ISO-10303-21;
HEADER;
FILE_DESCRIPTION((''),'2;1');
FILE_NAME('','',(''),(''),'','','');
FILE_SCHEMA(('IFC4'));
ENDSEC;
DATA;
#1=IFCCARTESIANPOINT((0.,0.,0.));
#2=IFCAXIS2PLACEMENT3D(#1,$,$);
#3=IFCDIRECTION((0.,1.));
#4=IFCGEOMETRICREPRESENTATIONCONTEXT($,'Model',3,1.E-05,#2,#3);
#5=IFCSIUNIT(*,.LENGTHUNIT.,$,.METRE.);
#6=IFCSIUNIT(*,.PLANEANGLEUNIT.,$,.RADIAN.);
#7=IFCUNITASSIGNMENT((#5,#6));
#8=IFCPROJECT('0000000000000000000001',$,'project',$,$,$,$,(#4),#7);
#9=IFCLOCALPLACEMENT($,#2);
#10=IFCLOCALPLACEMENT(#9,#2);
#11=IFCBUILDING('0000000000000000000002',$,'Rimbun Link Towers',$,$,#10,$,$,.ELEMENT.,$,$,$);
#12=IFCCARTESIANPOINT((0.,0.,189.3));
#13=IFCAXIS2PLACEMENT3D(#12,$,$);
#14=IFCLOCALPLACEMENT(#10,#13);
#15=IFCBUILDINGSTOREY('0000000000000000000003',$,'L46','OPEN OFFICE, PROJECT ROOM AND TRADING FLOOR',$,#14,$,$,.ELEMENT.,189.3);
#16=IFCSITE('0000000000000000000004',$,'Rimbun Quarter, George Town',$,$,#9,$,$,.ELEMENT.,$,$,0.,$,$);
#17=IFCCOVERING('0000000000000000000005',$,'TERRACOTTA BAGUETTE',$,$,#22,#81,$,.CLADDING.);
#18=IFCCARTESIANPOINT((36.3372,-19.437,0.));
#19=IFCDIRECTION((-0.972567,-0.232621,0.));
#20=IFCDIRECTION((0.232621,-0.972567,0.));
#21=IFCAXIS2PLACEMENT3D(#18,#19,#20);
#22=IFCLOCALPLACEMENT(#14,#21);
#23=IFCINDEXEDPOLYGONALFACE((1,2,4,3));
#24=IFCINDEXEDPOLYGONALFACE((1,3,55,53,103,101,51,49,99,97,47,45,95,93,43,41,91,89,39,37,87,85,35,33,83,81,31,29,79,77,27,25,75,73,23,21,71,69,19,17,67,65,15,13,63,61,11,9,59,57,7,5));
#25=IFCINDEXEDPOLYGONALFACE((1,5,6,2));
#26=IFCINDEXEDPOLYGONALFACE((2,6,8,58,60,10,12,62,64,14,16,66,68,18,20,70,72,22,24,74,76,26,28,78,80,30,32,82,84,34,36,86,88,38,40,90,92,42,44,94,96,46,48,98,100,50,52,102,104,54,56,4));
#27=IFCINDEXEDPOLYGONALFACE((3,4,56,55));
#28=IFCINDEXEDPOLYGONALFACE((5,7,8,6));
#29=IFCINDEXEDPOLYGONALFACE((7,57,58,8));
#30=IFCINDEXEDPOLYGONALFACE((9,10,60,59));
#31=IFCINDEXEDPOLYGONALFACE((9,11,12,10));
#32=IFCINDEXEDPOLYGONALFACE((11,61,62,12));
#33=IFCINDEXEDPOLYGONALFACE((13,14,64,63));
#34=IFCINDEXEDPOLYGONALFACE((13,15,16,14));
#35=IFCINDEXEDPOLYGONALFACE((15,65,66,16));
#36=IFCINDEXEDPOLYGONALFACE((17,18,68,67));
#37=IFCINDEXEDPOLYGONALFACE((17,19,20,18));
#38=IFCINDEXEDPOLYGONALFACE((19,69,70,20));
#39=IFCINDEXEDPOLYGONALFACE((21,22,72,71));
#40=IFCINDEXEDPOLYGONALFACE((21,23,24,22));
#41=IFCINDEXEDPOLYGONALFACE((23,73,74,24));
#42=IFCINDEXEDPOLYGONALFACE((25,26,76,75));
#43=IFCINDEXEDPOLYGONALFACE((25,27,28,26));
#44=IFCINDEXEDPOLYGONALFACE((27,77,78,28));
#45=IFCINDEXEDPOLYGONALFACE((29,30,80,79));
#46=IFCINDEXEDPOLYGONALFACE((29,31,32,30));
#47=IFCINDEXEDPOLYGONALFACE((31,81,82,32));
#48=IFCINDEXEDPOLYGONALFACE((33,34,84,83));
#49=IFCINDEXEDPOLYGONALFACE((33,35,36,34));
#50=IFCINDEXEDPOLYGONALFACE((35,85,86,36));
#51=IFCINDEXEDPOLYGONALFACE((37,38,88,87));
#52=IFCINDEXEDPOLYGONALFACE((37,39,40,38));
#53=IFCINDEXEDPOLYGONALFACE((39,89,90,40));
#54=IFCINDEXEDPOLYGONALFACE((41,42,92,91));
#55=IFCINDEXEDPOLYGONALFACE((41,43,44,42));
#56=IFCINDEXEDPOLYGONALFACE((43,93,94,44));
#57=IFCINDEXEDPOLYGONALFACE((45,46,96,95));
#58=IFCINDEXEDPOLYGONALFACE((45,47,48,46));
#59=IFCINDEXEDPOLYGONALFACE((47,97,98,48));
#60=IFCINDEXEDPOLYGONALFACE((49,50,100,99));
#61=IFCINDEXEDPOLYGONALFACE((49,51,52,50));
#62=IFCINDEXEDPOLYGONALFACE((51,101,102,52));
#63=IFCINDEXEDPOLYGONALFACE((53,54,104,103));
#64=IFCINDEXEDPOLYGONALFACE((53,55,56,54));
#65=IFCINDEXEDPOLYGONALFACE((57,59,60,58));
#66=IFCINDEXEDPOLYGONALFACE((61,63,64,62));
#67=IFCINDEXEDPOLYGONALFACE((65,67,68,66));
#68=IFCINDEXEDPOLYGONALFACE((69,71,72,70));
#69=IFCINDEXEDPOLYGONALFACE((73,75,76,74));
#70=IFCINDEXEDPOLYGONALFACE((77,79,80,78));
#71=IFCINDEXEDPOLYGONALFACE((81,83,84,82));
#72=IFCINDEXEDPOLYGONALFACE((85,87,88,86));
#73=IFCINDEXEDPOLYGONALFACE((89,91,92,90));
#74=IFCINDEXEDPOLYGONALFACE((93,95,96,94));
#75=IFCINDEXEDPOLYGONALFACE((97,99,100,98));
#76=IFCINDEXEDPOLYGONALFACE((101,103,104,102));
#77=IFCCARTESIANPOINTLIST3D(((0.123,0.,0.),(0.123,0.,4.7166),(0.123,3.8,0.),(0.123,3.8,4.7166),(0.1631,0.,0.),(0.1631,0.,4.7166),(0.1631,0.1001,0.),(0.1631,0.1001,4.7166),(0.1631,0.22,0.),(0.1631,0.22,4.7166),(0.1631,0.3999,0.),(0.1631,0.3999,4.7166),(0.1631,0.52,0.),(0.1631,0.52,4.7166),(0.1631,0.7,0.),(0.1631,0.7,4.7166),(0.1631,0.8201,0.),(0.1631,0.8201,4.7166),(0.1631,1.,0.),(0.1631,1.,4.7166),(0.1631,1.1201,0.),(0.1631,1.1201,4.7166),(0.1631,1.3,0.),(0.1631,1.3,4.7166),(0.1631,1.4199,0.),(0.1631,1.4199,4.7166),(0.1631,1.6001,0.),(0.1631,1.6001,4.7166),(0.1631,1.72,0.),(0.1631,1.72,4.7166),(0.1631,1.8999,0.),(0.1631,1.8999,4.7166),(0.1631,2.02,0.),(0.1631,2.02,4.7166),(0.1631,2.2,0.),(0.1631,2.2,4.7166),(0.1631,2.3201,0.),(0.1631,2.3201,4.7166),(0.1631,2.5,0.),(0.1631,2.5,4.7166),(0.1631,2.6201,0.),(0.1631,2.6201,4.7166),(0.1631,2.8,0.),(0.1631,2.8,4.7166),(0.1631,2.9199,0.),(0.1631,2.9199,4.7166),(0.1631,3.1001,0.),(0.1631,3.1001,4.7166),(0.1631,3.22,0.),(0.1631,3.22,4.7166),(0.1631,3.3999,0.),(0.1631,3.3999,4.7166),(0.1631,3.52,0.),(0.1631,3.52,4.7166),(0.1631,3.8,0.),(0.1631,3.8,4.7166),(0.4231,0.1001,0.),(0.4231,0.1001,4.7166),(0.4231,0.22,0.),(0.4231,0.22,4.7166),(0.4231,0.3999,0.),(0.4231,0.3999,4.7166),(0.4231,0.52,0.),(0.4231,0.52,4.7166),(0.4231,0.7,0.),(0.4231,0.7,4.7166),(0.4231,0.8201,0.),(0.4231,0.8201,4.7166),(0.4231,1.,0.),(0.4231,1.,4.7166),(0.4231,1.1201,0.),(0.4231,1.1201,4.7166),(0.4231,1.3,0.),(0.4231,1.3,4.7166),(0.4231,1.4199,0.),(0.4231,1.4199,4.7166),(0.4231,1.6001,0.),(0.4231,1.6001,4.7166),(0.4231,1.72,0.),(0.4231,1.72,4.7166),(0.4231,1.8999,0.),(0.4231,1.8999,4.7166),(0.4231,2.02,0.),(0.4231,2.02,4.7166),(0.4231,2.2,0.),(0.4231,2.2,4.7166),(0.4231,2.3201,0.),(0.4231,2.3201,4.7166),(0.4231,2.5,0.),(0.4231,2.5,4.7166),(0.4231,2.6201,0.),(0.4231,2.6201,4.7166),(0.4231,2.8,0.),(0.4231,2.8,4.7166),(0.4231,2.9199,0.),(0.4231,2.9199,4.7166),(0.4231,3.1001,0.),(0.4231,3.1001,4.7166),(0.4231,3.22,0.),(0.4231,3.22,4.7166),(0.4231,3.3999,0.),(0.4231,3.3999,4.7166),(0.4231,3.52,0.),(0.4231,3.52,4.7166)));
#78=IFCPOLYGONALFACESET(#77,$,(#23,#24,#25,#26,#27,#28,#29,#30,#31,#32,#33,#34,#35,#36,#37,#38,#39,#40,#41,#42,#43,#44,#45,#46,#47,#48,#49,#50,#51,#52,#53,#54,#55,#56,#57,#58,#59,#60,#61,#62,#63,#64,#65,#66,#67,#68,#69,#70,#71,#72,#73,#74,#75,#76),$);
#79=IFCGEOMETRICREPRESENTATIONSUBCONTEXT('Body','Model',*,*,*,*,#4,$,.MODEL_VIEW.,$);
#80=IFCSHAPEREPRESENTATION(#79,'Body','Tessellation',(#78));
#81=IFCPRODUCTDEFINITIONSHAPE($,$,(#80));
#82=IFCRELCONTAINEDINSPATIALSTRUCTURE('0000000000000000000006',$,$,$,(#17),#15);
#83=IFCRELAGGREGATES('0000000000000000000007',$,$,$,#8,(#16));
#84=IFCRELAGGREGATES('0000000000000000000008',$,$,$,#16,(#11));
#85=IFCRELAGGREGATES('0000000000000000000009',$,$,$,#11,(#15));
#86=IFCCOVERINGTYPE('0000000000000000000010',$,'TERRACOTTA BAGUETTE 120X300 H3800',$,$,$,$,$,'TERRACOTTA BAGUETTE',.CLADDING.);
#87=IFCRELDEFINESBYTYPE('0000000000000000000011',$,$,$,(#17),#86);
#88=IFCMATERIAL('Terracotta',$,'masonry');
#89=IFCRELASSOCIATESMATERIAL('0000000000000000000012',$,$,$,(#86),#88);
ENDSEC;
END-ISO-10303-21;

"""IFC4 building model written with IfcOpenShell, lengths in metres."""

from ifc_helpers import new_model, si_unit, direction, frame, origin, place, context, subcontext, project, spatial, polyline, outline, extrude, material, material_profile, profile_set, type_object, element, save


model = new_model("IFC4")

# Units and contexts
model_context = context("Model", 3, precision=1e-05, world=origin(), true_north=direction((0.0, 1.0)))
body_context = subcontext(model_context, "Body", "Model", "MODEL_VIEW")
ifc_project = project(units=[si_unit("LENGTHUNIT", "METRE"), si_unit("PLANEANGLEUNIT", "RADIAN")], contexts=[model_context])

# Site, building, storey
site_placement = place(None, origin())
site = spatial("IfcSite", under=ifc_project, at=site_placement, Name="Rimbun Quarter, George Town", CompositionType="ELEMENT", RefElevation=0.0)
building_placement = place(site_placement, origin())
building = spatial("IfcBuilding", under=site, at=building_placement, Name="Rimbun Link Towers", CompositionType="ELEMENT")
storey_placement = place(building_placement, frame((0.0, 0.0, 189.3)))
storey = spatial("IfcBuildingStorey", under=building, at=storey_placement, Name="L46", Description="OPEN OFFICE, PROJECT ROOM AND TRADING FLOOR", CompositionType="ELEMENT", Elevation=189.3)

# Covering
ifc_material_1 = material(Name="Terracotta", Category="masonry")
ifc_material_profile_1 = material_profile(ifc_material_1, outline(polyline([(0.123, 0.0), (0.1631, 0.0), (0.1631, 0.1001), (0.4231, 0.1001), (0.4231, 0.22), (0.1631, 0.22), (0.1631, 0.3999), (0.4231, 0.3999), (0.4231, 0.52), (0.1631, 0.52), (0.1631, 0.7), (0.4231, 0.7), (0.4231, 0.8201), (0.1631, 0.8201), (0.1631, 1.0), (0.4231, 1.0), (0.4231, 1.1201), (0.1631, 1.1201), (0.1631, 1.3), (0.4231, 1.3), (0.4231, 1.4199), (0.1631, 1.4199), (0.1631, 1.6001), (0.4231, 1.6001), (0.4231, 1.72), (0.1631, 1.72), (0.1631, 1.8999), (0.4231, 1.8999), (0.4231, 2.02), (0.1631, 2.02), (0.1631, 2.2), (0.4231, 2.2), (0.4231, 2.3201), (0.1631, 2.3201), (0.1631, 2.5), (0.4231, 2.5), (0.4231, 2.6201), (0.1631, 2.6201), (0.1631, 2.8), (0.4231, 2.8), (0.4231, 2.9199), (0.1631, 2.9199), (0.1631, 3.1001), (0.4231, 3.1001), (0.4231, 3.22), (0.1631, 3.22), (0.1631, 3.3999), (0.4231, 3.3999), (0.4231, 3.52), (0.1631, 3.52), (0.1631, 3.8), (0.123, 3.8), (0.123, 0.0)])), Name="BAGUETTE 120X300")
ifc_profile_set_1 = profile_set([ifc_material_profile_1], Name="Terracotta")
covering_type = type_object("IfcCoveringType", Name="TERRACOTTA BAGUETTE 120X300 H3800", ElementType="TERRACOTTA BAGUETTE", PredefinedType="CLADDING", material=ifc_profile_set_1)
covering_1_placement = place(storey_placement, frame((36.3372, -19.437, 0.0), z_axis=(-0.972567, -0.232621, 0.0), x_axis=(0.232621, -0.972567, 0.0)))
element("IfcCovering", 1, at=covering_1_placement, inside=storey, type_object=covering_type, Name="TERRACOTTA BAGUETTE", PredefinedType="CLADDING", context=body_context, shape_type="SweptSolid", body=[
    extrude(outline(polyline([(0.123, 0.0), (0.1631, 0.0), (0.1631, 0.1001), (0.4231, 0.1001), (0.4231, 0.22), (0.1631, 0.22), (0.1631, 0.3999), (0.4231, 0.3999), (0.4231, 0.52), (0.1631, 0.52), (0.1631, 0.7), (0.4231, 0.7), (0.4231, 0.8201), (0.1631, 0.8201), (0.1631, 1.0), (0.4231, 1.0), (0.4231, 1.1201), (0.1631, 1.1201), (0.1631, 1.3), (0.4231, 1.3), (0.4231, 1.4199), (0.1631, 1.4199), (0.1631, 1.6001), (0.4231, 1.6001), (0.4231, 1.72), (0.1631, 1.72), (0.1631, 1.8999), (0.4231, 1.8999), (0.4231, 2.02), (0.1631, 2.02), (0.1631, 2.2), (0.4231, 2.2), (0.4231, 2.3201), (0.1631, 2.3201), (0.1631, 2.5), (0.4231, 2.5), (0.4231, 2.6201), (0.1631, 2.6201), (0.1631, 2.8), (0.4231, 2.8), (0.4231, 2.9199), (0.1631, 2.9199), (0.1631, 3.1001), (0.4231, 3.1001), (0.4231, 3.22), (0.1631, 3.22), (0.1631, 3.3999), (0.4231, 3.3999), (0.4231, 3.52), (0.1631, 3.52), (0.1631, 3.8), (0.123, 3.8), (0.123, 0.0)])), origin(), (0.0, 0.0, 1.0), 4.7166),
])

save(model, "model.ifc")
